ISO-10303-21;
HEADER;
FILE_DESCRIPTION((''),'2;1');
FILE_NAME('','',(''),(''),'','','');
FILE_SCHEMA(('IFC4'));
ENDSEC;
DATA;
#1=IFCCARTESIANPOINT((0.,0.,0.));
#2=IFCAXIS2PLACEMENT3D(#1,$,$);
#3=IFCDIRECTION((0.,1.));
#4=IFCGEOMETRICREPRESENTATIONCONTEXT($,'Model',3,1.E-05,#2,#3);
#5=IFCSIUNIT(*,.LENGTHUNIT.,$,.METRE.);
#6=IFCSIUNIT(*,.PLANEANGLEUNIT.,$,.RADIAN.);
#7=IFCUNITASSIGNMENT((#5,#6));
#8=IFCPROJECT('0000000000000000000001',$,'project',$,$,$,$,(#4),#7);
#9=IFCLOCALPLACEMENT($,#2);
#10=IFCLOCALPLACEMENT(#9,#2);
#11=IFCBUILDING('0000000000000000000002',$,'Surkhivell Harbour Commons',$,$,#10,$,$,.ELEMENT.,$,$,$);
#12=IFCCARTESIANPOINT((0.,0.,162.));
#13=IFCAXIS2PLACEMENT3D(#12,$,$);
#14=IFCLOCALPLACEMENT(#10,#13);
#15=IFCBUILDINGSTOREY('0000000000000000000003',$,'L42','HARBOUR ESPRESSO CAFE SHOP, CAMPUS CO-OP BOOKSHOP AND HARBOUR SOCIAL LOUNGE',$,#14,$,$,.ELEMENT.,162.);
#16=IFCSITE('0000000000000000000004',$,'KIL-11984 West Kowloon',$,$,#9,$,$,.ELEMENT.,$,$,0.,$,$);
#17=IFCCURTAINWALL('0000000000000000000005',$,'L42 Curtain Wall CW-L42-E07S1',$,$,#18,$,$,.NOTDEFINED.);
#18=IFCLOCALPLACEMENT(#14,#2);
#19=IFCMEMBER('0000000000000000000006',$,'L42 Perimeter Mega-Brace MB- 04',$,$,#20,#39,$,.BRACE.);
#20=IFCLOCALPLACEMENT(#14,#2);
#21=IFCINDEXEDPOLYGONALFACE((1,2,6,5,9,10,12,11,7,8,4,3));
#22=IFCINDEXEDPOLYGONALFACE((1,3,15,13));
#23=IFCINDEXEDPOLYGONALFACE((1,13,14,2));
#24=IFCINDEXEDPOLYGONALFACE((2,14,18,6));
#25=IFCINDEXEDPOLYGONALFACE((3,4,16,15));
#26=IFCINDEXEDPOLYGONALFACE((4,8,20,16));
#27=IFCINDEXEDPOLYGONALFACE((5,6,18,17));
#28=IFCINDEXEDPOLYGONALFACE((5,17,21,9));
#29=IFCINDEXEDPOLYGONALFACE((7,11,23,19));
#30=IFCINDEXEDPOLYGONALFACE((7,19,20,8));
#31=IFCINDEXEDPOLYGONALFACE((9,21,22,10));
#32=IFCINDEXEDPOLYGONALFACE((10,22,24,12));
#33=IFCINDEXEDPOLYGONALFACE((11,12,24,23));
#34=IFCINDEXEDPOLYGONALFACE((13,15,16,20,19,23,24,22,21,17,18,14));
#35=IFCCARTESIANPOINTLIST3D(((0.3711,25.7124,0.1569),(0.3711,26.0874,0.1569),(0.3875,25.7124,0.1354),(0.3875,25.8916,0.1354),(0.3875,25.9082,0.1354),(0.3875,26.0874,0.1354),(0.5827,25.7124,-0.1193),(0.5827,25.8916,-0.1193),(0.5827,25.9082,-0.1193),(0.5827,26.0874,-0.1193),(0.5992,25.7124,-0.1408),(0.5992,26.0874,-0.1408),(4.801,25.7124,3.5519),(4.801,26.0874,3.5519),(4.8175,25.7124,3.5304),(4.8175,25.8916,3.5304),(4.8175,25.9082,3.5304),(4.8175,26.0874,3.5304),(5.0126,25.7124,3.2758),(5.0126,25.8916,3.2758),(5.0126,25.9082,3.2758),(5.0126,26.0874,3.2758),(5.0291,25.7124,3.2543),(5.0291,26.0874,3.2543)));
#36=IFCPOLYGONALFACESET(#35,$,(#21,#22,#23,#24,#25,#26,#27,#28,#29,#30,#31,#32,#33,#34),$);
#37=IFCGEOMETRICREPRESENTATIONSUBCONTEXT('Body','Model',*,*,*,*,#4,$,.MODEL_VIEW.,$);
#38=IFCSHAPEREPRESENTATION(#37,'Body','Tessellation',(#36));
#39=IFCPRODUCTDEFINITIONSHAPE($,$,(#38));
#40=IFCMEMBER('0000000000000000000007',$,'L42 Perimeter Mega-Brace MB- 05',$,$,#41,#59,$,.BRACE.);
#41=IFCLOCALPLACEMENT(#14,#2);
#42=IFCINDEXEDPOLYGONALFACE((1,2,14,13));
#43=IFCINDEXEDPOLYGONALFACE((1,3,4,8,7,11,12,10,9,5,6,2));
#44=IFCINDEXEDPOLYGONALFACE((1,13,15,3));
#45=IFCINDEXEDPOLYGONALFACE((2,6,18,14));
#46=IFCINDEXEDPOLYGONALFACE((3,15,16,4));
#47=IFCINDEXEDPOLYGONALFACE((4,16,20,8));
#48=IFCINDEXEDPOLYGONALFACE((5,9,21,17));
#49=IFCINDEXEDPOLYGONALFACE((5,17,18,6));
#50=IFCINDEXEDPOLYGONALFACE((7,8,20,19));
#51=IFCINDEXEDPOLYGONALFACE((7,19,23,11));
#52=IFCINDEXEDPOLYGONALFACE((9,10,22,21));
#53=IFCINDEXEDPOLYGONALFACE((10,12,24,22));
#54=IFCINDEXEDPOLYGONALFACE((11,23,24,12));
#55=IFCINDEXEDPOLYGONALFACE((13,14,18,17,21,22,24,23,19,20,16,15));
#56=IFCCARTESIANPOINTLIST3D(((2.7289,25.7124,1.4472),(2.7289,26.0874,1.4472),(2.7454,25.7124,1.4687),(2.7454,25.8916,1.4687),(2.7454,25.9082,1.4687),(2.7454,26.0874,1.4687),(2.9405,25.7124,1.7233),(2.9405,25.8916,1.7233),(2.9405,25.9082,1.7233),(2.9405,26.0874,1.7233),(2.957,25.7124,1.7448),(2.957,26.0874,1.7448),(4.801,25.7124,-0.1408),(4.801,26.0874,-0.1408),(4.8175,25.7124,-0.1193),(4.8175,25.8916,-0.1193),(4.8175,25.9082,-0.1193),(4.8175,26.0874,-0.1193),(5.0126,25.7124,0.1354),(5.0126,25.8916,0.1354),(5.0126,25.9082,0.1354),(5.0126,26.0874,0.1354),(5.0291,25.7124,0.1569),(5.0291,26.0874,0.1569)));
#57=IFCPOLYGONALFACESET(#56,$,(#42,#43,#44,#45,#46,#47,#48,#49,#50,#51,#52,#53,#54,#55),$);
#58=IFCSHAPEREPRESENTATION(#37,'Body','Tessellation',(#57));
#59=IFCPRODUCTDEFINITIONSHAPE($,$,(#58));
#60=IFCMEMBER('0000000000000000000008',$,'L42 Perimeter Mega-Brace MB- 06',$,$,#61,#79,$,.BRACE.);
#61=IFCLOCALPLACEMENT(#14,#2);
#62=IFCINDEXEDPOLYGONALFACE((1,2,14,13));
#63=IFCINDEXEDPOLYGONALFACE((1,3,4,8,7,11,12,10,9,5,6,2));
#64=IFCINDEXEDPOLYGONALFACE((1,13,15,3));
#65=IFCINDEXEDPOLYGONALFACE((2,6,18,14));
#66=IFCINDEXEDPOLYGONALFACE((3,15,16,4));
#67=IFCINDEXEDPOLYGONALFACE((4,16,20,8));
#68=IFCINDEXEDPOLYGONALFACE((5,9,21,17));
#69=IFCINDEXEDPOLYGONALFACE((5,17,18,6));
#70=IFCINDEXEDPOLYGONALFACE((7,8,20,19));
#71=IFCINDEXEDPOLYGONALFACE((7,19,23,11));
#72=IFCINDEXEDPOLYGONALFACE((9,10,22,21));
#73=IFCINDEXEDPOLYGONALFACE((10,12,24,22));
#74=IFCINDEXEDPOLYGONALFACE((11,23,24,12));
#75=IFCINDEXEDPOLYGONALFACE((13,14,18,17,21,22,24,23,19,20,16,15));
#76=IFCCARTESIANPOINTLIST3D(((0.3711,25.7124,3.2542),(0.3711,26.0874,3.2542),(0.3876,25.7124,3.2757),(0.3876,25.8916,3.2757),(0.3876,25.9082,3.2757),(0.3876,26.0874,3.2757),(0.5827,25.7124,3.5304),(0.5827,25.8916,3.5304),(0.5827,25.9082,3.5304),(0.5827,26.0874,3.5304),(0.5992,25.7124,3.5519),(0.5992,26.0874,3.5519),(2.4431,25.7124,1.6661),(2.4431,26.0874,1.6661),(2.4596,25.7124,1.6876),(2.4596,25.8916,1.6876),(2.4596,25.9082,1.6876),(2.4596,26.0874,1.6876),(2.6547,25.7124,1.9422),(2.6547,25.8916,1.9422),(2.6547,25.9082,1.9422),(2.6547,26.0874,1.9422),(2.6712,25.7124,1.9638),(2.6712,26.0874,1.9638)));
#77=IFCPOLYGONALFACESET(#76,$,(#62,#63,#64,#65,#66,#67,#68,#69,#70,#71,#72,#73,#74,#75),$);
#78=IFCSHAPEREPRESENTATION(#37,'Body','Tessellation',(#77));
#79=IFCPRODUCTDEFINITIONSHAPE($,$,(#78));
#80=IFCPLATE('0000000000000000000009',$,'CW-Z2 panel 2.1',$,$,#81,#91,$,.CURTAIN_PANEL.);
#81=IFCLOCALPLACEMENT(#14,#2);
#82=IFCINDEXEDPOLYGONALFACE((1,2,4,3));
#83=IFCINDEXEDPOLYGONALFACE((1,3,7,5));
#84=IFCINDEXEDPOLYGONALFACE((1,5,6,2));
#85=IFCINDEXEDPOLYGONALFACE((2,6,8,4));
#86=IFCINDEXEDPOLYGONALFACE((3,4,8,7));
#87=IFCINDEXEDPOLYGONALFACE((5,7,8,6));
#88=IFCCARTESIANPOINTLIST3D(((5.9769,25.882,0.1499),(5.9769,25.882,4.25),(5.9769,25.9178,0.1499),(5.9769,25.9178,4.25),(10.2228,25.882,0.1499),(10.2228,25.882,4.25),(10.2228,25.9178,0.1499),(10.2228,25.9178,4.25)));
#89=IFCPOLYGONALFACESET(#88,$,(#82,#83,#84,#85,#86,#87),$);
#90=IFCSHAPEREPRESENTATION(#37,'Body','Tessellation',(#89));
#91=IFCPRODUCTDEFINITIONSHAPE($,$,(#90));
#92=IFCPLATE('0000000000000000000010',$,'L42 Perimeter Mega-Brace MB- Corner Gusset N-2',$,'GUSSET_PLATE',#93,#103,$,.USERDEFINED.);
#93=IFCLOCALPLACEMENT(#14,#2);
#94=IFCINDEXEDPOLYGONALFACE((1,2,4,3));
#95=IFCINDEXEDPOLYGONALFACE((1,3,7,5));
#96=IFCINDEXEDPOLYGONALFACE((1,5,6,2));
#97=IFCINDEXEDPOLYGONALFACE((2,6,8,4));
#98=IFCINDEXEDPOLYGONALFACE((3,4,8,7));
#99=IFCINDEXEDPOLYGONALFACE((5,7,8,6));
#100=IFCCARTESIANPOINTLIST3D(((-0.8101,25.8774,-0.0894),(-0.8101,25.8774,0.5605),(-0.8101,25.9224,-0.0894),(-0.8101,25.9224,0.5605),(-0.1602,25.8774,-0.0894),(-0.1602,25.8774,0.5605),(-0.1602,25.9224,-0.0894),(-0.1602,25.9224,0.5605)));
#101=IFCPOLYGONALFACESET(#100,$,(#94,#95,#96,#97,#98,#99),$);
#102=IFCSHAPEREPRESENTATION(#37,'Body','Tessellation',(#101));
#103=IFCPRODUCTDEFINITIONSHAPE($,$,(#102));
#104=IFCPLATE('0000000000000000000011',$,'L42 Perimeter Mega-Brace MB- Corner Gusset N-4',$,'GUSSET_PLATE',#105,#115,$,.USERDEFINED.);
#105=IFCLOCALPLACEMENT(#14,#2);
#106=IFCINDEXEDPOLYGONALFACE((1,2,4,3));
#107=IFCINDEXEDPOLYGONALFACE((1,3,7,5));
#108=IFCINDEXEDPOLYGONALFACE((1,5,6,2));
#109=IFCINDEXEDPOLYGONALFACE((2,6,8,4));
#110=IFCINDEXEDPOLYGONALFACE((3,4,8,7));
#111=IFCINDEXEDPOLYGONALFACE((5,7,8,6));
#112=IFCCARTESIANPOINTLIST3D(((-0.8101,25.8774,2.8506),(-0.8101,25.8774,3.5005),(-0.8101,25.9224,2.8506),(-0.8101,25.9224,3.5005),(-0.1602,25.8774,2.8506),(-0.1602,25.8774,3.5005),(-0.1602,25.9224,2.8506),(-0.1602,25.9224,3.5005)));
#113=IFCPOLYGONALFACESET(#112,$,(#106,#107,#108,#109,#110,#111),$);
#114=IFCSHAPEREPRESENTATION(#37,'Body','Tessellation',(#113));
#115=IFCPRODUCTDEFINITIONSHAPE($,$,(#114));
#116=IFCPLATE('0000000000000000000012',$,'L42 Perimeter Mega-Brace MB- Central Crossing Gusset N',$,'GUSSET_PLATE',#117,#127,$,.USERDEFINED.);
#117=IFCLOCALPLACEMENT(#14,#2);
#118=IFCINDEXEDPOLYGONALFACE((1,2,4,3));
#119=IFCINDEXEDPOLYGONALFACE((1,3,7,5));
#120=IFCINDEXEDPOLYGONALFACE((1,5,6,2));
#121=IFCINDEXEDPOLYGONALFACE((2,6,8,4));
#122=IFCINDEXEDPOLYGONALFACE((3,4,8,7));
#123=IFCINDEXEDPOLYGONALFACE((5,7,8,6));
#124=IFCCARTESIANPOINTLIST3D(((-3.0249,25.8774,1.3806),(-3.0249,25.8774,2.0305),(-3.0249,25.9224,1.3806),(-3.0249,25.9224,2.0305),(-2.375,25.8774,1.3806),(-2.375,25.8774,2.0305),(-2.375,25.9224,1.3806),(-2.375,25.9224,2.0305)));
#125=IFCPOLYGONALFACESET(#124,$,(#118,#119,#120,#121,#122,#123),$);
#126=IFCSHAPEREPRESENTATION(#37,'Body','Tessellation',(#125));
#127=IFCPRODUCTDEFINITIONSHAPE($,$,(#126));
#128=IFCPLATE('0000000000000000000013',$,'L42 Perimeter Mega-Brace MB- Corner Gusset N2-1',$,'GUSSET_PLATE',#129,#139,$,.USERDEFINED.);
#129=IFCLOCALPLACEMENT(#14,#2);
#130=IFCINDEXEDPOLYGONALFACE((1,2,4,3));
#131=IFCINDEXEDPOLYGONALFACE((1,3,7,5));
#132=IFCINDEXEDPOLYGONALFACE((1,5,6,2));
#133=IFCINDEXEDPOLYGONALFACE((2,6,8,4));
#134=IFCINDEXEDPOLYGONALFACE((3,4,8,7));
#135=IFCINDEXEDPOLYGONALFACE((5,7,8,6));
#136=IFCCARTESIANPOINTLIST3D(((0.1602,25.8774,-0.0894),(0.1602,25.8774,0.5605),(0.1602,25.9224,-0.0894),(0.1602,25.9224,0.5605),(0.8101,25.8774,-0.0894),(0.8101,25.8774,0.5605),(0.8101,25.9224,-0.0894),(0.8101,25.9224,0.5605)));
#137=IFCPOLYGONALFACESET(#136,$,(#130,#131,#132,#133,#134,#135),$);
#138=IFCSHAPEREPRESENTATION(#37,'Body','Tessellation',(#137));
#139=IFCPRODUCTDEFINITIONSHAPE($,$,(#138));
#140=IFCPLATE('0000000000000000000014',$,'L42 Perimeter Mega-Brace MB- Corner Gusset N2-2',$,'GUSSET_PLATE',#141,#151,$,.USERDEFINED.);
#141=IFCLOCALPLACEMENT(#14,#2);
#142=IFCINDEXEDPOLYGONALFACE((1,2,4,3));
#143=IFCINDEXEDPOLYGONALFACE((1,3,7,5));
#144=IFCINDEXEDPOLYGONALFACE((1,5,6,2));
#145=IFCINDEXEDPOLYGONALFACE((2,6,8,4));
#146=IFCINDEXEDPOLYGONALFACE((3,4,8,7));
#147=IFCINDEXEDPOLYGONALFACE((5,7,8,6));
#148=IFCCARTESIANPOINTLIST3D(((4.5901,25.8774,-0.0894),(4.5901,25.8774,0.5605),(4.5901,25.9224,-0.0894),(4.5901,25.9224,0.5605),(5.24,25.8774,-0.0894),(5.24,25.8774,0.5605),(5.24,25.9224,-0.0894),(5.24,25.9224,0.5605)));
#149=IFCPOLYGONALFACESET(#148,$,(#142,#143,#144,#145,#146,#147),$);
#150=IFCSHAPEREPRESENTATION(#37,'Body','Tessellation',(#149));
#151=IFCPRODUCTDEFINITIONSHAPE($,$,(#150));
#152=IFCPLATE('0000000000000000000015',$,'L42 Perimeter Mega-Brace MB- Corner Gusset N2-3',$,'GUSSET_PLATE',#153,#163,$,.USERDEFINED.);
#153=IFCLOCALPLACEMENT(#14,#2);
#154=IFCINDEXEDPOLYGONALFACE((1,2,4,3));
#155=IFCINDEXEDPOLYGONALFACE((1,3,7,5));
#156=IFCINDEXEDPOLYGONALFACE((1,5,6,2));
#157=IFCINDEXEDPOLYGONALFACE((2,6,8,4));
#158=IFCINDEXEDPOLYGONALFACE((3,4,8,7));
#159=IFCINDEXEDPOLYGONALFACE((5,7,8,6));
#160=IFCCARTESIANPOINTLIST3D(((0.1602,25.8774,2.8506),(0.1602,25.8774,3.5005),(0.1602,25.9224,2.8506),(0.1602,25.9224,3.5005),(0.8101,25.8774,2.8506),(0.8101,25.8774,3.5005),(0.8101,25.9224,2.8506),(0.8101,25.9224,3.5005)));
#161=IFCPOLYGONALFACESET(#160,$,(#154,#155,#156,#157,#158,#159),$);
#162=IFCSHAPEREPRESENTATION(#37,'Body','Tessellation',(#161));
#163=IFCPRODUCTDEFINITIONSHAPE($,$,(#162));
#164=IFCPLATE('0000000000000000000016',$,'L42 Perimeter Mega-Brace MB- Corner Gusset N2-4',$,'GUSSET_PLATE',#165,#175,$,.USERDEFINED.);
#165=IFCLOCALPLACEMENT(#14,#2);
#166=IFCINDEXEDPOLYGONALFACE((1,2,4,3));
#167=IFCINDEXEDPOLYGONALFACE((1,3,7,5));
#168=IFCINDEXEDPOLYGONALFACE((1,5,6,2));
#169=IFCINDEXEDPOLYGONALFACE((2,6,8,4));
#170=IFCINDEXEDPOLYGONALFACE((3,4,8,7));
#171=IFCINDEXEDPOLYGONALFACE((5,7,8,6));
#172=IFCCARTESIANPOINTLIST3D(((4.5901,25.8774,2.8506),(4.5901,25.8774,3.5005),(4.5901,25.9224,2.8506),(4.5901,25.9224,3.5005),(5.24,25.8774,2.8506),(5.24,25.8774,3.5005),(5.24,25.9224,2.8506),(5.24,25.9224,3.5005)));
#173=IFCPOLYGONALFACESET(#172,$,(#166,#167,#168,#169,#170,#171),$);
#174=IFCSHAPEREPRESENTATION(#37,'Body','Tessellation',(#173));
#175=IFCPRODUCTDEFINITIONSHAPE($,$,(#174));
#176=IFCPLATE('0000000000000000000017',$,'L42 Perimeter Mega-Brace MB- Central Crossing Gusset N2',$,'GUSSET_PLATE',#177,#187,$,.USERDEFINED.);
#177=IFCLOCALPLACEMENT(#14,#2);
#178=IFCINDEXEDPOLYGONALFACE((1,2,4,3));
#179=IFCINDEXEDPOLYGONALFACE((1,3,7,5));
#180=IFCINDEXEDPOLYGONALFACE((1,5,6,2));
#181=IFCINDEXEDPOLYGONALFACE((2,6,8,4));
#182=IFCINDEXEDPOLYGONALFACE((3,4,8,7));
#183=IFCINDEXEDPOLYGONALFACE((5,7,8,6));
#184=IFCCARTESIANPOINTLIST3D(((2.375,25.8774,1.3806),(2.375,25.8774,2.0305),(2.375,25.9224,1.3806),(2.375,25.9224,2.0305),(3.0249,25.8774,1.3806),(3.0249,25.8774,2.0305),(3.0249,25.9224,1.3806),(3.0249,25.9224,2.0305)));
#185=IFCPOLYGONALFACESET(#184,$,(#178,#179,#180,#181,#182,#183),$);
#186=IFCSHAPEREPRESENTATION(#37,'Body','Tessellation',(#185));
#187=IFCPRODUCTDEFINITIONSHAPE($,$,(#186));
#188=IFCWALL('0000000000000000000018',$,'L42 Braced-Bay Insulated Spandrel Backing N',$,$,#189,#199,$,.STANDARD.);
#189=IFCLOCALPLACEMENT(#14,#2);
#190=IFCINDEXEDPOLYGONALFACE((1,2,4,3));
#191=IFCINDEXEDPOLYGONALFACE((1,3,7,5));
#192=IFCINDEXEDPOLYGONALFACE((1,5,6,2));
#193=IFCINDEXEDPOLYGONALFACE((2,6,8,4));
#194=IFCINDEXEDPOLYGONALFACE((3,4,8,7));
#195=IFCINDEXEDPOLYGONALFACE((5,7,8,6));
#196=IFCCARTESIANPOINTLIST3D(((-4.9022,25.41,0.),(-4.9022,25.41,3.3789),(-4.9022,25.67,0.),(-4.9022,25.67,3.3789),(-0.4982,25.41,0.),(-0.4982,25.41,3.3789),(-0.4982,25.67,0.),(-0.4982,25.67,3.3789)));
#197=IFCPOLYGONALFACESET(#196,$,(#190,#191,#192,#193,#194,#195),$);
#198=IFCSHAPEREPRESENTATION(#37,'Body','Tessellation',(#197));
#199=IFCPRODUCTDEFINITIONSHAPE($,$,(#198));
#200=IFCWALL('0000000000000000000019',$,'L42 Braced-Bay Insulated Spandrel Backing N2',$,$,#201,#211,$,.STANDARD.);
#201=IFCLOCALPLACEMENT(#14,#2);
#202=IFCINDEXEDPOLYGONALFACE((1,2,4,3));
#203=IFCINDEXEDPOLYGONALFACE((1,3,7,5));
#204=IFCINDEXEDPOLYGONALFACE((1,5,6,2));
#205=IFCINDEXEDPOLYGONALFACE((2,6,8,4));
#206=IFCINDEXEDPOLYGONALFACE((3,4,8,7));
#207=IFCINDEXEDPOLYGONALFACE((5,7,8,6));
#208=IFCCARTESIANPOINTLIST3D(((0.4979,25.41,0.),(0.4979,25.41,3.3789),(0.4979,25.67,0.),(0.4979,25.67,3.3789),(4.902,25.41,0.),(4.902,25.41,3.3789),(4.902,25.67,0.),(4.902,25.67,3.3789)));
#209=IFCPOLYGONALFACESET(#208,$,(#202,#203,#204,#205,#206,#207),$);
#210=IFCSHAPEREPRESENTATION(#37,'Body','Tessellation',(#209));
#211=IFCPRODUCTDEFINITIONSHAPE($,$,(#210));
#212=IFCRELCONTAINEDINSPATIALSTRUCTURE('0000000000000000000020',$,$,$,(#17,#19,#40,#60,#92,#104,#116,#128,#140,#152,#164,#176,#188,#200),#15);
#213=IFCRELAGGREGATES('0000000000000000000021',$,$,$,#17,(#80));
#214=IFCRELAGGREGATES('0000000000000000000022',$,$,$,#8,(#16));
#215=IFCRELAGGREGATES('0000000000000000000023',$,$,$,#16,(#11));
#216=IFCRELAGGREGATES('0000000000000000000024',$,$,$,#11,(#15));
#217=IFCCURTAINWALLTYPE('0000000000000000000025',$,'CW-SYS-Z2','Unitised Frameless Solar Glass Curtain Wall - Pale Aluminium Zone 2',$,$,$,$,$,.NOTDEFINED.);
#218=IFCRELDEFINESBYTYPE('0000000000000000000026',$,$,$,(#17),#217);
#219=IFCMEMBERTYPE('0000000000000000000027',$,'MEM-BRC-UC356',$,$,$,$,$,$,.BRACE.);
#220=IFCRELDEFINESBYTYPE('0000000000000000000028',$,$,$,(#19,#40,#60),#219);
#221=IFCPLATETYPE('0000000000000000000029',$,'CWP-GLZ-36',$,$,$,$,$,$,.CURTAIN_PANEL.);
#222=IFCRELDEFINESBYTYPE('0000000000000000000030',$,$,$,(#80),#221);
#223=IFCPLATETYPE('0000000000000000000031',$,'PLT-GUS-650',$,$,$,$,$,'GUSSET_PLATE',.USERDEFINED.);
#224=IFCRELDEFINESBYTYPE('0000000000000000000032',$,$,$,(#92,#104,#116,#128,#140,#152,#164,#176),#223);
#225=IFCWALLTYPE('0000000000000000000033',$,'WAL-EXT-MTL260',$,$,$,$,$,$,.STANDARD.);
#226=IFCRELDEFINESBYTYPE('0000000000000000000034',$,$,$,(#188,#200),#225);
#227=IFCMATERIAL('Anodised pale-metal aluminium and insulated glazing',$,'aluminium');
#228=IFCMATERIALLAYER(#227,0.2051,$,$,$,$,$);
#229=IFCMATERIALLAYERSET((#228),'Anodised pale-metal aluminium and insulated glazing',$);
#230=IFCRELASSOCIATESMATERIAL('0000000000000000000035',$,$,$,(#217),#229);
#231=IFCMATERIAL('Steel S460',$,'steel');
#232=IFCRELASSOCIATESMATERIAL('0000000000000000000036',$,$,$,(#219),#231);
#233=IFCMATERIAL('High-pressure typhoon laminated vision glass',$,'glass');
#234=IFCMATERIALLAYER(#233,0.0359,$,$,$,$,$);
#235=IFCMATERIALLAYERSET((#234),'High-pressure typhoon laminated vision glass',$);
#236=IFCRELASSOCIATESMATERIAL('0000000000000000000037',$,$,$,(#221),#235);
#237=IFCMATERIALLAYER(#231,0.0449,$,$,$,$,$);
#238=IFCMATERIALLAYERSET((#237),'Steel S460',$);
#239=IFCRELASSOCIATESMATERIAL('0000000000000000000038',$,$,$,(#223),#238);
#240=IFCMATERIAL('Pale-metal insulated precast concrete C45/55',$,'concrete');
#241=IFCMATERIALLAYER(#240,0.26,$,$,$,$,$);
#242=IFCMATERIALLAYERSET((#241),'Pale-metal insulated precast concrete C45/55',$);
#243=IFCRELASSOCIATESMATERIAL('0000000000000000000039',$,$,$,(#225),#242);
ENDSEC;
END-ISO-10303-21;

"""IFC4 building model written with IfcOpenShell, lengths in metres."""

from ifc_helpers import new_model, si_unit, direction, frame, frame_2d, origin, origin_2d, place, context, subcontext, project, spatial, rectangle, i_section, extrude, material, layer, layer_set, material_profile, profile_set, type_object, element, aggregate, save


model = new_model("IFC4")

# Units and contexts
model_context = context("Model", 3, precision=1e-05, world=origin(), true_north=direction((0.0, 1.0)))
body_context = subcontext(model_context, "Body", "Model", "MODEL_VIEW")
ifc_project = project(units=[si_unit("LENGTHUNIT", "METRE"), si_unit("PLANEANGLEUNIT", "RADIAN")], contexts=[model_context])

# Site, building, storey
site_placement = place(None, origin())
site = spatial("IfcSite", under=ifc_project, at=site_placement, Name="KIL-11984 West Kowloon", CompositionType="ELEMENT", RefElevation=0.0)
building_placement = place(site_placement, origin())
building = spatial("IfcBuilding", under=site, at=building_placement, Name="Surkhivell Harbour Commons", CompositionType="ELEMENT")
storey_placement = place(building_placement, frame((0.0, 0.0, 162.0)))
storey = spatial("IfcBuildingStorey", under=building, at=storey_placement, Name="L42", Description="HARBOUR ESPRESSO CAFE SHOP, CAMPUS CO-OP BOOKSHOP AND HARBOUR SOCIAL LOUNGE", CompositionType="ELEMENT", Elevation=162.0)

# Shared definitions
ifc_material_1 = material(Name="Steel S460", Category="steel")

# Curtain wall
ifc_material_2 = material(Name="Anodised pale-metal aluminium and insulated glazing", Category="aluminium")
ifc_layer_1 = layer(ifc_material_2, 0.2051)
ifc_layer_set_1 = layer_set([ifc_layer_1], Name="Anodised pale-metal aluminium and insulated glazing")
curtain_wall_type = type_object("IfcCurtainWallType", Name="CW-SYS-Z2", Description="Unitised Frameless Solar Glass Curtain Wall - Pale Aluminium Zone 2", PredefinedType="NOTDEFINED", material=ifc_layer_set_1)
curtain_wall_placement = place(storey_placement, origin())
curtain_wall = element("IfcCurtainWall", 1, at=curtain_wall_placement, inside=storey, type_object=curtain_wall_type, Name="L42 Curtain Wall CW-L42-E07S1", PredefinedType="NOTDEFINED")

# Members
ifc_material_profile_1 = material_profile(ifc_material_1, i_section(OverallWidth=0.375, OverallDepth=0.375, WebThickness=0.0166, FlangeThickness=0.0271, at=origin_2d()), Name="UC356x368x202")
ifc_profile_set_1 = profile_set([ifc_material_profile_1], Name="Steel S460")
member_type_1 = type_object("IfcMemberType", Name="MEM-BRC-UC356", PredefinedType="BRACE", material=ifc_profile_set_1)
member_1_placement = place(storey_placement, frame((0.4851, 25.8999, 0.0081), z_axis=(0.793715, 0.0, 0.608289), x_axis=(0.0, 1.0, 0.0)))
element("IfcMember", 2, at=member_1_placement, inside=storey, type_object=member_type_1, Name="L42 Perimeter Mega-Brace MB- 04", PredefinedType="BRACE", context=body_context, shape_type="SweptSolid", body=[
    extrude(i_section(OverallWidth=0.375, OverallDepth=0.375, WebThickness=0.0166, FlangeThickness=0.0271, at=origin_2d()), origin(), (0.0, 0.0, 1.0), 5.5813),
])
for number, where, z_axis, x_axis, name in (
    (3, (4.915, 25.8999, 0.0081), (-0.793728, 0.0, 0.608272), (0.0, -1.0, 0.0), "L42 Perimeter Mega-Brace MB- 05"),
    (4, (2.5571, 25.8999, 1.8149), (-0.793683, 0.0, 0.608331), (0.0, -1.0, 0.0), "L42 Perimeter Mega-Brace MB- 06"),
):
    element("IfcMember", number, at=place(storey_placement, frame(where, z_axis=z_axis, x_axis=x_axis)), inside=storey, type_object=member_type_1, Name=name, PredefinedType="BRACE", context=body_context, shape_type="SweptSolid", body=[
        extrude(i_section(OverallWidth=0.375, OverallDepth=0.375, WebThickness=0.0166, FlangeThickness=0.0271, at=origin_2d()), origin(), (0.0, 0.0, 1.0), 2.6106),
    ])

# Plate
ifc_material_3 = material(Name="High-pressure typhoon laminated vision glass", Category="glass")
ifc_layer_2 = layer(ifc_material_3, 0.0359)
ifc_layer_set_2 = layer_set([ifc_layer_2], Name="High-pressure typhoon laminated vision glass")
plate_type_1 = type_object("IfcPlateType", Name="CWP-GLZ-36", PredefinedType="CURTAIN_PANEL", material=ifc_layer_set_2)
plate_placement = place(storey_placement, frame((10.2229, 25.8999, 0.1499), z_axis=(0.0, 0.0, 1.0), x_axis=(-1.0, 0.0, 0.0)))
plate = element("IfcPlate", 5, at=plate_placement, type_object=plate_type_1, Name="CW-Z2 panel 2.1", PredefinedType="CURTAIN_PANEL", context=body_context, shape_type="SweptSolid", body=[
    extrude(rectangle(XDim=4.2458, YDim=0.0359, at=frame_2d((2.123, 0.0))), origin(), (0.0, 0.0, 1.0), 4.1001),
])
aggregate(curtain_wall, [plate])

# Plates
ifc_layer_3 = layer(ifc_material_1, 0.0449)
ifc_layer_set_3 = layer_set([ifc_layer_3], Name="Steel S460")
plate_type_2 = type_object("IfcPlateType", Name="PLT-GUS-650", ElementType="GUSSET_PLATE", PredefinedType="USERDEFINED", material=ifc_layer_set_3)
for number, where, z_axis, x_axis, name in (
    (6, (-0.4851, 25.8999, -0.0894), (0.0, 0.0, 1.0), (1.0, 0.0, 0.0), "L42 Perimeter Mega-Brace MB- Corner Gusset N-2"),
    (7, (-0.4851, 25.8999, 2.8506), (0.0, 0.0, 1.0), (1.0, 0.0, 0.0), "L42 Perimeter Mega-Brace MB- Corner Gusset N-4"),
    (8, (-2.7, 25.8999, 1.3806), (0.0, 0.0, 1.0), (1.0, 0.0, 0.0), "L42 Perimeter Mega-Brace MB- Central Crossing Gusset N"),
    (9, (0.4851, 25.8999, -0.0894), (0.0, 0.0, 1.0), (1.0, 0.0, 0.0), "L42 Perimeter Mega-Brace MB- Corner Gusset N2-1"),
    (10, (4.915, 25.8999, -0.0894), (0.0, 0.0, 1.0), (1.0, 0.0, 0.0), "L42 Perimeter Mega-Brace MB- Corner Gusset N2-2"),
    (11, (0.4851, 25.8999, 2.8506), (0.0, 0.0, 1.0), (1.0, 0.0, 0.0), "L42 Perimeter Mega-Brace MB- Corner Gusset N2-3"),
    (12, (4.915, 25.8999, 2.8506), (0.0, 0.0, 1.0), (1.0, 0.0, 0.0), "L42 Perimeter Mega-Brace MB- Corner Gusset N2-4"),
    (13, (2.7, 25.8999, 1.3806), (0.0, 0.0, 1.0), (1.0, 0.0, 0.0), "L42 Perimeter Mega-Brace MB- Central Crossing Gusset N2"),
):
    element("IfcPlate", number, at=place(storey_placement, frame(where, z_axis=z_axis, x_axis=x_axis)), inside=storey, type_object=plate_type_2, Name=name, ObjectType="GUSSET_PLATE", PredefinedType="USERDEFINED", context=body_context, shape_type="SweptSolid", body=[
        extrude(rectangle(XDim=0.6499, YDim=0.0449, at=origin_2d()), origin(), (0.0, 0.0, 1.0), 0.6499),
    ])

# Walls
ifc_material_4 = material(Name="Pale-metal insulated precast concrete C45/55", Category="concrete")
ifc_layer_4 = layer(ifc_material_4, 0.26)
ifc_layer_set_4 = layer_set([ifc_layer_4], Name="Pale-metal insulated precast concrete C45/55")
wall_type_1 = type_object("IfcWallType", Name="WAL-EXT-MTL260", PredefinedType="STANDARD", material=ifc_layer_set_4)
for number, where, z_axis, x_axis, name in (
    (14, (-0.498, 25.54, 0.0), (0.0, 0.0, 1.0), (-1.0, 0.0, 0.0), "L42 Braced-Bay Insulated Spandrel Backing N"),
    (15, (4.9021, 25.54, 0.0), (0.0, 0.0, 1.0), (-1.0, 0.0, 0.0), "L42 Braced-Bay Insulated Spandrel Backing N2"),
):
    element("IfcWall", number, at=place(storey_placement, frame(where, z_axis=z_axis, x_axis=x_axis)), inside=storey, type_object=wall_type_1, Name=name, PredefinedType="STANDARD", context=body_context, shape_type="SweptSolid", body=[
        extrude(rectangle(XDim=4.4041, YDim=0.26, at=frame_2d((2.2021, 0.0))), origin(), (0.0, 0.0, 1.0), 3.3789),
    ])

save(model, "model.ifc")
